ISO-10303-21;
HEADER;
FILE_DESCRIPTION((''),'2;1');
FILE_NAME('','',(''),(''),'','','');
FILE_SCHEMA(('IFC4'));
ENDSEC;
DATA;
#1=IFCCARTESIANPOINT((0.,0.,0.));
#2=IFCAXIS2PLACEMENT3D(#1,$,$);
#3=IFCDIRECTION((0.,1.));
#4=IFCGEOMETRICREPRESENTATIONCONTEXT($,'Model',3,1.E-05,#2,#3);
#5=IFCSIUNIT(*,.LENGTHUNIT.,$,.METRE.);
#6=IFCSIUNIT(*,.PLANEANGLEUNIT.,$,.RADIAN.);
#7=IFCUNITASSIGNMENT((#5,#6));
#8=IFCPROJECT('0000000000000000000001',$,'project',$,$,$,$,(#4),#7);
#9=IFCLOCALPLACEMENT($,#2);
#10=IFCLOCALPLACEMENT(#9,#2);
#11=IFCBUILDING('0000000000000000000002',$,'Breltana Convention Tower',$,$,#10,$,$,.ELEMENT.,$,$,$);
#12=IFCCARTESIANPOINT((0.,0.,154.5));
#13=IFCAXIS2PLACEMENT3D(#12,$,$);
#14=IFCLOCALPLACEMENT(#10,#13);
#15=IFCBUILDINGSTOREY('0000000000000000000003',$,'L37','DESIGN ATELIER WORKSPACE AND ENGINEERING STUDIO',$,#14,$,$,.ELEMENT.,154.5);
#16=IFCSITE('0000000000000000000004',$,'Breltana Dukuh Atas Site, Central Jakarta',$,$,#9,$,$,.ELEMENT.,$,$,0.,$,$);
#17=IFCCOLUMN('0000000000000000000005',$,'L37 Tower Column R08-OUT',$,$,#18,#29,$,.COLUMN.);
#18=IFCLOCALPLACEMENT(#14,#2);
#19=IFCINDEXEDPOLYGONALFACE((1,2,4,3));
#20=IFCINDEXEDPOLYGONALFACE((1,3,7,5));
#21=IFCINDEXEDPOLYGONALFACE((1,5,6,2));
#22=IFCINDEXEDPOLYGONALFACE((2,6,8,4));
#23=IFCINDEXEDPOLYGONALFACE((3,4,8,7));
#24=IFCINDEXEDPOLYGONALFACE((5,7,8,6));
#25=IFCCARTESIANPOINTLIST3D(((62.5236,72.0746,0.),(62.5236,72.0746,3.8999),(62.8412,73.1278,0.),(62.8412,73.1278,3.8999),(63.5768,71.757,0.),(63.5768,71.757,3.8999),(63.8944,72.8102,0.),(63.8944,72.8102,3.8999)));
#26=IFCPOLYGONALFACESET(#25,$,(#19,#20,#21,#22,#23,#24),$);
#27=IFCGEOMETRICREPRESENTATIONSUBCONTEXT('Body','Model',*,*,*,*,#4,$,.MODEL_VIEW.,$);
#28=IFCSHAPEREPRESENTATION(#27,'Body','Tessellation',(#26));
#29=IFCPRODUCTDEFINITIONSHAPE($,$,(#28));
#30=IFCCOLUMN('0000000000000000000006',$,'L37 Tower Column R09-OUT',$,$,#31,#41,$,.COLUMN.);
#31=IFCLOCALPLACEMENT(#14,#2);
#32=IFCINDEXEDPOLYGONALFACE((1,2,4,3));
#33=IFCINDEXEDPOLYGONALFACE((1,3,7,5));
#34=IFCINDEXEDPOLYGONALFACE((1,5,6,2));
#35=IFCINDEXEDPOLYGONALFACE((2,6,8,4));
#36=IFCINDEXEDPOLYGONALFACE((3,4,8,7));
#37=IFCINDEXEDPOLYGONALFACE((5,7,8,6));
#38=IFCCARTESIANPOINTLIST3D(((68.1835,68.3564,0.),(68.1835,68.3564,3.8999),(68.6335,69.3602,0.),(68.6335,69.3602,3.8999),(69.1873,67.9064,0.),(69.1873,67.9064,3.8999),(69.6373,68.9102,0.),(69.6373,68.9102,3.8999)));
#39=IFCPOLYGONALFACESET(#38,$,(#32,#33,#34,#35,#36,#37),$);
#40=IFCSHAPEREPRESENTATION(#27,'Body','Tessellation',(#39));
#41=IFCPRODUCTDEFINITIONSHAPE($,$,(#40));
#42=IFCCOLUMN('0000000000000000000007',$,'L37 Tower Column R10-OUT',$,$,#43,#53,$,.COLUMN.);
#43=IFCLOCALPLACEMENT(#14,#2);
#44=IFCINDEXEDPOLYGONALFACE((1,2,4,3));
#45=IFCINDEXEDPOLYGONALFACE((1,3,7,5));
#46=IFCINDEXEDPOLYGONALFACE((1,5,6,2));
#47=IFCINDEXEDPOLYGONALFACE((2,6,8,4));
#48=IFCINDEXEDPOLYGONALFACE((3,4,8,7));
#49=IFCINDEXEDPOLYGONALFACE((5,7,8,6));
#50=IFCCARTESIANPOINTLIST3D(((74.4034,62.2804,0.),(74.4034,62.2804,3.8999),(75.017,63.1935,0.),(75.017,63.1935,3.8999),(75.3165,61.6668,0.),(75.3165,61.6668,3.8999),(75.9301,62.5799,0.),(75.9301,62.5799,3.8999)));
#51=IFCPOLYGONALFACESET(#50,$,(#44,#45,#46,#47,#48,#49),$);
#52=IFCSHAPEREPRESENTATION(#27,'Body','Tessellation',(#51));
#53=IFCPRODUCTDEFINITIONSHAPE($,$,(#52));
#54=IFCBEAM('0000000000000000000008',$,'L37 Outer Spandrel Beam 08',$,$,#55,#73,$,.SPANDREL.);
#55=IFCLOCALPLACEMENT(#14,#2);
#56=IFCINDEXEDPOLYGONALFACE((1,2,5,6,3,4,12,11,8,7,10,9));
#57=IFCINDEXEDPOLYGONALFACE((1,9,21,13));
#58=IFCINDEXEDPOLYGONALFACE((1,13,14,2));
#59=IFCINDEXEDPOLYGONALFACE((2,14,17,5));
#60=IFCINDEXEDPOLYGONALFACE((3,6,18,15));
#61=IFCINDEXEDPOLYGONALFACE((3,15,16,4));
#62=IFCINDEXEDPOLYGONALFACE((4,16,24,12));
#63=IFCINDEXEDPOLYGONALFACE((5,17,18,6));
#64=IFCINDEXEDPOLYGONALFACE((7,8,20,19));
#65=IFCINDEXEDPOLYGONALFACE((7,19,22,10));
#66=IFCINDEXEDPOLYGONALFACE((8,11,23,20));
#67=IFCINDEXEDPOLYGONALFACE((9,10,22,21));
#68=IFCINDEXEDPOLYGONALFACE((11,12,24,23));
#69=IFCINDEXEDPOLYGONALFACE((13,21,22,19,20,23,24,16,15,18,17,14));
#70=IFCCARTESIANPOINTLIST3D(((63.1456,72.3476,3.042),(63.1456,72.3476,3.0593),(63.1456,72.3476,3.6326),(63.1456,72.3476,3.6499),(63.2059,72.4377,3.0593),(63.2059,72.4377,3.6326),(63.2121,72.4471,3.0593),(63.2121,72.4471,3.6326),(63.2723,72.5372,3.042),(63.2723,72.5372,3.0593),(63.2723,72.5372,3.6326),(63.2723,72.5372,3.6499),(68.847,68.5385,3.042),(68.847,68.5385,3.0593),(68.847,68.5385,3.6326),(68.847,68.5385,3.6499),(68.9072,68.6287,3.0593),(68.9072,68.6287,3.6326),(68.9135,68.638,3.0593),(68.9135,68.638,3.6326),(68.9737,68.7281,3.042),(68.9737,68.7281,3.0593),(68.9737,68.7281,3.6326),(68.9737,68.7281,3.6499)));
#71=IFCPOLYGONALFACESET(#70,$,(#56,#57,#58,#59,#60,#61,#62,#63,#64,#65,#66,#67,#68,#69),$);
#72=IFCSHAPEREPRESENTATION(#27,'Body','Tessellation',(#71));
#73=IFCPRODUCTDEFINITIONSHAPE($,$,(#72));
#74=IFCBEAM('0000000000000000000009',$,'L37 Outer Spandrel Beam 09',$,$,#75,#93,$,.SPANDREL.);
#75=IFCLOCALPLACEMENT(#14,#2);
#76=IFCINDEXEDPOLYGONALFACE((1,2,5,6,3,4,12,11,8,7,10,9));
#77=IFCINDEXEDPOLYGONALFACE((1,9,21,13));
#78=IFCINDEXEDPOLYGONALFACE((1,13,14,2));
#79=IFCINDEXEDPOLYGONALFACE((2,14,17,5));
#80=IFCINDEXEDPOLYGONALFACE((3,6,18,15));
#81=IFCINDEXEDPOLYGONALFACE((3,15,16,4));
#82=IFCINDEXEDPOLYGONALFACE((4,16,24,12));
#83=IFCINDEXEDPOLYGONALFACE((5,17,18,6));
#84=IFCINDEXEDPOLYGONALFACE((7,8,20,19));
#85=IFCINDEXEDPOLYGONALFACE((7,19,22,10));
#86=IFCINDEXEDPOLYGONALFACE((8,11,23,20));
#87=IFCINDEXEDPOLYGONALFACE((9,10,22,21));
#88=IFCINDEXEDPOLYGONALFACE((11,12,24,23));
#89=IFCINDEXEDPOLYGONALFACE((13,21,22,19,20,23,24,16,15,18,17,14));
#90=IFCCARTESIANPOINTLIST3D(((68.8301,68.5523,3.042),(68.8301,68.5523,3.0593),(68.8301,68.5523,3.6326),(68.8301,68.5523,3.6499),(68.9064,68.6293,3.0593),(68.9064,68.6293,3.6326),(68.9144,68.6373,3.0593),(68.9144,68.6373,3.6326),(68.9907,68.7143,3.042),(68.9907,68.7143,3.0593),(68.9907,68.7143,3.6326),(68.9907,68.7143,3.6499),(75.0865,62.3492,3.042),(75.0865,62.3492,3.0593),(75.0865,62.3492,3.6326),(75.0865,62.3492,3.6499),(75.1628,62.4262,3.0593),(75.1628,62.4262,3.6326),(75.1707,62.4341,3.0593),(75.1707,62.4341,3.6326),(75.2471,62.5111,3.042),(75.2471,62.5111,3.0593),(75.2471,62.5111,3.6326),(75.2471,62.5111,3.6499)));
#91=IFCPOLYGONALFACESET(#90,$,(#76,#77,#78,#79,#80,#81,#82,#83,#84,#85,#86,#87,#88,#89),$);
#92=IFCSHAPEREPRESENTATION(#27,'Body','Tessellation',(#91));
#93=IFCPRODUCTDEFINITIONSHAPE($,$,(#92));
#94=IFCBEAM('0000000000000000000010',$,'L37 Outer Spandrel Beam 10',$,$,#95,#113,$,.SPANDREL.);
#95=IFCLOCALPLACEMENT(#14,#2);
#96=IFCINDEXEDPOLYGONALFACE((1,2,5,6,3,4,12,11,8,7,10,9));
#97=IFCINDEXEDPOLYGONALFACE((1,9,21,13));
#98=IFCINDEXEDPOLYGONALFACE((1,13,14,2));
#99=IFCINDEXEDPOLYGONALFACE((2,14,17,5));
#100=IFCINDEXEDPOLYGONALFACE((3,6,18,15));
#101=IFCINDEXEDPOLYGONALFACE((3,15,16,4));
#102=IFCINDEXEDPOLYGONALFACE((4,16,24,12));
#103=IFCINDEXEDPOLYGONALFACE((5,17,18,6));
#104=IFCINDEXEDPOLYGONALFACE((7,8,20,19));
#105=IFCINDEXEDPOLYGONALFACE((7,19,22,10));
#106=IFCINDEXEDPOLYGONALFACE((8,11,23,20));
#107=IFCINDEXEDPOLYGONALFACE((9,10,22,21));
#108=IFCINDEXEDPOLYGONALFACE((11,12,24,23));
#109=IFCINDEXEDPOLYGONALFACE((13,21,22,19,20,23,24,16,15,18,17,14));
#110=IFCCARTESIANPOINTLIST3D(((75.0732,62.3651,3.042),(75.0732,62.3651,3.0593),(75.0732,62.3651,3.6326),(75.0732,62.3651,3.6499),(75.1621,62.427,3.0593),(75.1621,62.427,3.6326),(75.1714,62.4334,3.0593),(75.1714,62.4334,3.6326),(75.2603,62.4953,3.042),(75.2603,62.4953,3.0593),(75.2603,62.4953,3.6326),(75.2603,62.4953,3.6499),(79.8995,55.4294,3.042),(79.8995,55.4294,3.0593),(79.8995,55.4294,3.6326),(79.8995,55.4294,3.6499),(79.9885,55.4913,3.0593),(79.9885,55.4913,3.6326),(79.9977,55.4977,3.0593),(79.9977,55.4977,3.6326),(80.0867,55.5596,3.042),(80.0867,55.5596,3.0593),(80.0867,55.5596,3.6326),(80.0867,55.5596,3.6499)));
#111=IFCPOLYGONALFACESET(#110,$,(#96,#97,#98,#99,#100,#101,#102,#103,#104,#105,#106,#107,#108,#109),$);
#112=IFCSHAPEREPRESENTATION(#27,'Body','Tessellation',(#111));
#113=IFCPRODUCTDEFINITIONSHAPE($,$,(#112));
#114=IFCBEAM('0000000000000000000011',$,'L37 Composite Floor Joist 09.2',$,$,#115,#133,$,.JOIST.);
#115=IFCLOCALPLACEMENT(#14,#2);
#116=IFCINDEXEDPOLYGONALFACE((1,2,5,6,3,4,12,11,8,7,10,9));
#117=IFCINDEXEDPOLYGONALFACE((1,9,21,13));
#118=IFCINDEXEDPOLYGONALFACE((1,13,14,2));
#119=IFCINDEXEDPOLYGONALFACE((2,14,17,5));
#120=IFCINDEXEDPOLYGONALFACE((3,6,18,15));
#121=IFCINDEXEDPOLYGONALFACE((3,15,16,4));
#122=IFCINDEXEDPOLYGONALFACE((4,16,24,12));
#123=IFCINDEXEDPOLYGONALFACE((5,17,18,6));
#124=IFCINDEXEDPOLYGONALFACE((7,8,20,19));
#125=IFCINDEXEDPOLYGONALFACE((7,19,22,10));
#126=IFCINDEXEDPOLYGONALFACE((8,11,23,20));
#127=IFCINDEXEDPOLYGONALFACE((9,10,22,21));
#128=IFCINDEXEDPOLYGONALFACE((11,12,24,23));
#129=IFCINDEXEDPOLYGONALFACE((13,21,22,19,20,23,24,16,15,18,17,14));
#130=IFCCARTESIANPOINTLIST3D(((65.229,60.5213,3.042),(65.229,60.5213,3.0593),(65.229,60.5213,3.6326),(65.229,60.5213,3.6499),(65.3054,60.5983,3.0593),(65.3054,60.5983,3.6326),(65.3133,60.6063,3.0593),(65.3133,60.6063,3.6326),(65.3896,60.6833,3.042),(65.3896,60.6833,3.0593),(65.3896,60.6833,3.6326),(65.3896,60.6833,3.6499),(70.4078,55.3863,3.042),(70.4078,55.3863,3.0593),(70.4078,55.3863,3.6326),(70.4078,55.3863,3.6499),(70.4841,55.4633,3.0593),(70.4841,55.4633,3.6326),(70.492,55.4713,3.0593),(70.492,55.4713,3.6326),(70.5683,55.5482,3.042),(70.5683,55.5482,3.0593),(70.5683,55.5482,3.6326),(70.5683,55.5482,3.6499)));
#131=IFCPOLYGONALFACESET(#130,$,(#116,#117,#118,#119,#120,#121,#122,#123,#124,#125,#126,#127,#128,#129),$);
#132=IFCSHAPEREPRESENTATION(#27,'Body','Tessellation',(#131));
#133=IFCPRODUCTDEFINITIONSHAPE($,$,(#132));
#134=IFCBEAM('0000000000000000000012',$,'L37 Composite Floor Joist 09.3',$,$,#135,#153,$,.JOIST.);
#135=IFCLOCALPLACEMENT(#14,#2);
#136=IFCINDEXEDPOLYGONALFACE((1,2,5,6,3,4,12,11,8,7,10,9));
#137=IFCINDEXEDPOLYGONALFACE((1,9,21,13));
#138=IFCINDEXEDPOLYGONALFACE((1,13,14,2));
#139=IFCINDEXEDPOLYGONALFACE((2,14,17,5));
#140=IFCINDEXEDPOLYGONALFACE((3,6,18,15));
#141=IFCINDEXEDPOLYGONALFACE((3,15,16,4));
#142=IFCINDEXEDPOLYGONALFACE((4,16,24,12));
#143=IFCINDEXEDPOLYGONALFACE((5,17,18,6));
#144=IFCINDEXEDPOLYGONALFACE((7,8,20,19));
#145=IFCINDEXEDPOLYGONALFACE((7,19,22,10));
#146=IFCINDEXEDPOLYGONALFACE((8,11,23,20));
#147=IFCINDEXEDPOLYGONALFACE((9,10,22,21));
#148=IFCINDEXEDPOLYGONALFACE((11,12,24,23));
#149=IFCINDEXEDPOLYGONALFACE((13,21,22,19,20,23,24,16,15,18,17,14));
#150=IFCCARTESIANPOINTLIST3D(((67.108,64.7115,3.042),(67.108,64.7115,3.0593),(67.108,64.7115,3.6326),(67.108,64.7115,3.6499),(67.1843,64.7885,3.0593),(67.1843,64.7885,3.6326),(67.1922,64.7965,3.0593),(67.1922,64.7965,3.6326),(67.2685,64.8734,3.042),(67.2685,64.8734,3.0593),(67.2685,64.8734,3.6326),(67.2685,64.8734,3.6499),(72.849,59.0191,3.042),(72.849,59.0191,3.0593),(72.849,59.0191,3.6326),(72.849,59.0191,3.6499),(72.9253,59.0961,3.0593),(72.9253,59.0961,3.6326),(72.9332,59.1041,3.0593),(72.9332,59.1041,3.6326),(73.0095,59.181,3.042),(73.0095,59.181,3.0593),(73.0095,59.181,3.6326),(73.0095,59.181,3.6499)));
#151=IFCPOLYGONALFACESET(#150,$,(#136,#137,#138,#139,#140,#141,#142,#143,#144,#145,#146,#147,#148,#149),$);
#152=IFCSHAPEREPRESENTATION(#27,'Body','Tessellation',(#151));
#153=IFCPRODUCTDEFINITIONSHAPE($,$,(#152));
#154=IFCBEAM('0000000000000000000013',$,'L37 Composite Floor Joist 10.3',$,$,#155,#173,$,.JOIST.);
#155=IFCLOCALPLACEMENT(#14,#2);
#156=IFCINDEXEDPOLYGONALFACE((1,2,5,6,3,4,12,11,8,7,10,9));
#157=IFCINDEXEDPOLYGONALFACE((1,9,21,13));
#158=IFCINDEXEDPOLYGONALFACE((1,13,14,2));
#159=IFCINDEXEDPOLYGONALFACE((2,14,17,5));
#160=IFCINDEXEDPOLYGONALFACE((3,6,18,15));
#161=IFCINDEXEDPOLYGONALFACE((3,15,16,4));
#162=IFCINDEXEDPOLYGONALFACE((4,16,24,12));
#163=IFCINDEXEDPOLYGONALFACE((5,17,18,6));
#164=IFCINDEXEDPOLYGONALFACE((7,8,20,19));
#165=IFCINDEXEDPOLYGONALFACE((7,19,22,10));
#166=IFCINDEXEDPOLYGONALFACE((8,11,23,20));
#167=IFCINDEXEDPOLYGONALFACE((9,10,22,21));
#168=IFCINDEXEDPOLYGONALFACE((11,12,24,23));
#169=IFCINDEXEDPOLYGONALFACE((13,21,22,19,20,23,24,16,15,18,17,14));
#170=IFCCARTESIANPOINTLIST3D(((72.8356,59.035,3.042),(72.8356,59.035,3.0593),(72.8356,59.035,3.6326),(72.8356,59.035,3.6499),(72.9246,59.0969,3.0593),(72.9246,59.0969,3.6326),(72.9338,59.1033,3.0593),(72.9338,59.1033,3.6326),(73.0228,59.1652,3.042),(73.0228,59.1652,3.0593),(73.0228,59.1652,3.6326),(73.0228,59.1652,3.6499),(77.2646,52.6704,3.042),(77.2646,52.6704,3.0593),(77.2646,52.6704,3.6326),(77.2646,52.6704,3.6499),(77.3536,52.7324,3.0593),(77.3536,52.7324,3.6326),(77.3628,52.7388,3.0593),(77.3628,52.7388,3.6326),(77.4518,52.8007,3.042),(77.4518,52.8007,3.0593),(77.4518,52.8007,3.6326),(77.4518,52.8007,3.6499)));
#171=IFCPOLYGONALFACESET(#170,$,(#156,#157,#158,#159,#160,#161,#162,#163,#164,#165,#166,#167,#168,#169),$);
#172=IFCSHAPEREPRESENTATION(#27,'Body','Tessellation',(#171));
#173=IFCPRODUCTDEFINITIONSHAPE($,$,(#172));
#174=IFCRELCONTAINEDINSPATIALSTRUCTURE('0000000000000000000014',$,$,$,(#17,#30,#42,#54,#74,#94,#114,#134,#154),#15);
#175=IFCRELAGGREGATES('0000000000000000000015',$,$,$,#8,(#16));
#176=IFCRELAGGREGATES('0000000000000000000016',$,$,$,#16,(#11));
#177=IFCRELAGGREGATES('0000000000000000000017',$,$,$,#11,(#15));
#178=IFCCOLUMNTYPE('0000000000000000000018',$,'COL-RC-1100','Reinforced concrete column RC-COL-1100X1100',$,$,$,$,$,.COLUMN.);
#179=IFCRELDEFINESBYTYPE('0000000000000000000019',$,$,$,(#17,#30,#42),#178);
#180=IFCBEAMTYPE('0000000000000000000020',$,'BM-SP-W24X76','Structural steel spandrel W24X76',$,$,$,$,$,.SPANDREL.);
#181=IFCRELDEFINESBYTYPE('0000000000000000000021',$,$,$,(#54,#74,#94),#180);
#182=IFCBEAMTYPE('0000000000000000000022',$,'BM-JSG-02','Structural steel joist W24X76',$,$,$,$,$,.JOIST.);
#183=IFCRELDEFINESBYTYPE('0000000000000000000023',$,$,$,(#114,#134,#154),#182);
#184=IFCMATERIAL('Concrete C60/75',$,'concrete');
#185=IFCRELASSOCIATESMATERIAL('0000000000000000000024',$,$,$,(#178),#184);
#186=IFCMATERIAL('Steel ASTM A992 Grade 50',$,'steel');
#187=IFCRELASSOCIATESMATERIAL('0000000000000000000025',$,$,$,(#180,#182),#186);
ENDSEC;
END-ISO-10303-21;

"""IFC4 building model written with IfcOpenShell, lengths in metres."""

from ifc_helpers import new_model, si_unit, direction, frame, origin, origin_2d, place, context, subcontext, project, spatial, rectangle, i_section, extrude, source, transform, mapped, material, material_profile, profile_set, type_object, element, save


model = new_model("IFC4")

# Units and contexts
model_context = context("Model", 3, precision=1e-05, world=origin(), true_north=direction((0.0, 1.0)))
body_context = subcontext(model_context, "Body", "Model", "MODEL_VIEW")
ifc_project = project(units=[si_unit("LENGTHUNIT", "METRE"), si_unit("PLANEANGLEUNIT", "RADIAN")], contexts=[model_context])

# Site, building, storey
site_placement = place(None, origin())
site = spatial("IfcSite", under=ifc_project, at=site_placement, Name="Breltana Dukuh Atas Site, Central Jakarta", CompositionType="ELEMENT", RefElevation=0.0)
building_placement = place(site_placement, origin())
building = spatial("IfcBuilding", under=site, at=building_placement, Name="Breltana Convention Tower", CompositionType="ELEMENT")
storey_placement = place(building_placement, frame((0.0, 0.0, 154.5)))
storey = spatial("IfcBuildingStorey", under=building, at=storey_placement, Name="L37", Description="DESIGN ATELIER WORKSPACE AND ENGINEERING STUDIO", CompositionType="ELEMENT", Elevation=154.5)

# Columns
ifc_material_1 = material(Name="Concrete C60/75", Category="concrete")
ifc_material_profile_1 = material_profile(ifc_material_1, rectangle(XDim=1.1001, YDim=1.1001, at=origin_2d()), Name="RC-COL-1100X1100")
ifc_profile_set_1 = profile_set([ifc_material_profile_1], Name="Concrete C60/75")
column_type = type_object("IfcColumnType", Name="COL-RC-1100", Description="Reinforced concrete column RC-COL-1100X1100", PredefinedType="COLUMN", material=ifc_profile_set_1)
shared_shape_1 = source(origin(), body_context, "Body", "SweptSolid", [
    extrude(rectangle(XDim=1.1001, YDim=1.1001, at=origin_2d()), origin(), (0.0, 0.0, 1.0), 3.8999),
])
for number, where, z_axis, x_axis, name in (
    (1, (63.209, 72.4424, 0.0), (0.0, 0.0, 1.0), (0.288698, 0.95742, 0.0), "L37 Tower Column R08-OUT"),
    (2, (68.9104, 68.6333, 0.0), (0.0, 0.0, 1.0), (0.409127, 0.912477, 0.0), "L37 Tower Column R09-OUT"),
    (3, (75.1667, 62.4302, 0.0), (0.0, 0.0, 1.0), (0.557745, 0.830012, 0.0), "L37 Tower Column R10-OUT"),
):
    element("IfcColumn", number, at=place(storey_placement, frame(where, z_axis=z_axis, x_axis=x_axis)), inside=storey, type_object=column_type, Name=name, PredefinedType="COLUMN", context=body_context, shape_type="MappedRepresentation", body=[
        mapped(shared_shape_1, transform((0.0, 0.0, 0.0), scale=1.0)),
    ])

# Beams
ifc_material_2 = material(Name="Steel ASTM A992 Grade 50", Category="steel")
ifc_material_profile_2 = material_profile(ifc_material_2, i_section(OverallWidth=0.228, OverallDepth=0.6079, WebThickness=0.0112, FlangeThickness=0.0173, at=origin_2d()), Name="W24X76")
ifc_profile_set_2 = profile_set([ifc_material_profile_2], Name="Steel ASTM A992 Grade 50")
beam_type_1 = type_object("IfcBeamType", Name="BM-SP-W24X76", Description="Structural steel spandrel W24X76", PredefinedType="SPANDREL", material=ifc_profile_set_2)
shared_shape_2 = source(origin(), body_context, "Body", "SweptSolid", [
    extrude(i_section(OverallWidth=0.228, OverallDepth=0.6079, WebThickness=0.0112, FlangeThickness=0.0173, at=origin_2d()), origin(), (0.0, 0.0, 1.0), 6.8567),
])
beam_1_placement = place(storey_placement, frame((63.209, 72.4424, 3.3459), z_axis=(0.831502, -0.555522, 0.0), x_axis=(0.555522, 0.831502, 0.0)))
element("IfcBeam", 4, at=beam_1_placement, inside=storey, type_object=beam_type_1, Name="L37 Outer Spandrel Beam 08", PredefinedType="SPANDREL", context=body_context, shape_type="MappedRepresentation", body=[
    mapped(shared_shape_2, transform((0.0, 0.0, 0.0), scale=1.0)),
])
shared_shape_3 = source(origin(), body_context, "Body", "SweptSolid", [
    extrude(i_section(OverallWidth=0.228, OverallDepth=0.6079, WebThickness=0.0112, FlangeThickness=0.0173, at=origin_2d()), origin(), (0.0, 0.0, 1.0), 8.8103),
])
beam_2_placement = place(storey_placement, frame((68.9104, 68.6333, 3.3459), z_axis=(0.710121, -0.70408, 0.0), x_axis=(0.70408, 0.710121, 0.0)))
element("IfcBeam", 5, at=beam_2_placement, inside=storey, type_object=beam_type_1, Name="L37 Outer Spandrel Beam 09", PredefinedType="SPANDREL", context=body_context, shape_type="MappedRepresentation", body=[
    mapped(shared_shape_3, transform((0.0, 0.0, 0.0), scale=1.0)),
])
shared_shape_4 = source(origin(), body_context, "Body", "SweptSolid", [
    extrude(i_section(OverallWidth=0.228, OverallDepth=0.6079, WebThickness=0.0112, FlangeThickness=0.0173, at=origin_2d()), origin(), (0.0, 0.0, 1.0), 8.4497),
])
beam_3_placement = place(storey_placement, frame((75.1667, 62.4302, 3.3459), z_axis=(0.571186, -0.820821, 0.0), x_axis=(0.820821, 0.571186, 0.0)))
element("IfcBeam", 6, at=beam_3_placement, inside=storey, type_object=beam_type_1, Name="L37 Outer Spandrel Beam 10", PredefinedType="SPANDREL", context=body_context, shape_type="MappedRepresentation", body=[
    mapped(shared_shape_4, transform((0.0, 0.0, 0.0), scale=1.0)),
])
ifc_material_profile_3 = material_profile(ifc_material_2, i_section(OverallWidth=0.228, OverallDepth=0.6079, WebThickness=0.0112, FlangeThickness=0.0173, at=origin_2d()), Name="W24X76")
ifc_profile_set_3 = profile_set([ifc_material_profile_3], Name="Steel ASTM A992 Grade 50")
beam_type_2 = type_object("IfcBeamType", Name="BM-JSG-02", Description="Structural steel joist W24X76", PredefinedType="JOIST", material=ifc_profile_set_3)
shared_shape_5 = source(origin(), body_context, "Body", "SweptSolid", [
    extrude(i_section(OverallWidth=0.228, OverallDepth=0.6079, WebThickness=0.0112, FlangeThickness=0.0173, at=origin_2d()), origin(), (0.0, 0.0, 1.0), 7.293),
])
beam_4_placement = place(storey_placement, frame((65.3093, 60.6023, 3.3459), z_axis=(0.710097, -0.704104, 0.0), x_axis=(0.704104, 0.710097, 0.0)))
element("IfcBeam", 7, at=beam_4_placement, inside=storey, type_object=beam_type_2, Name="L37 Composite Floor Joist 09.2", PredefinedType="JOIST", context=body_context, shape_type="MappedRepresentation", body=[
    mapped(shared_shape_5, transform((0.0, 0.0, 0.0), scale=1.0)),
])
shared_shape_6 = source(origin(), body_context, "Body", "SweptSolid", [
    extrude(i_section(OverallWidth=0.228, OverallDepth=0.6079, WebThickness=0.0112, FlangeThickness=0.0173, at=origin_2d()), origin(), (0.0, 0.0, 1.0), 8.0847),
])
beam_5_placement = place(storey_placement, frame((67.1882, 64.7925, 3.3459), z_axis=(0.710105, -0.704096, 0.0), x_axis=(0.704096, 0.710105, 0.0)))
element("IfcBeam", 8, at=beam_5_placement, inside=storey, type_object=beam_type_2, Name="L37 Composite Floor Joist 09.3", PredefinedType="JOIST", context=body_context, shape_type="MappedRepresentation", body=[
    mapped(shared_shape_6, transform((0.0, 0.0, 0.0), scale=1.0)),
])
shared_shape_7 = source(origin(), body_context, "Body", "SweptSolid", [
    extrude(i_section(OverallWidth=0.228, OverallDepth=0.6079, WebThickness=0.0112, FlangeThickness=0.0173, at=origin_2d()), origin(), (0.0, 0.0, 1.0), 7.7539),
])
beam_6_placement = place(storey_placement, frame((72.9292, 59.1001, 3.3459), z_axis=(0.571193, -0.820816, 0.0), x_axis=(0.820816, 0.571193, 0.0)))
element("IfcBeam", 9, at=beam_6_placement, inside=storey, type_object=beam_type_2, Name="L37 Composite Floor Joist 10.3", PredefinedType="JOIST", context=body_context, shape_type="MappedRepresentation", body=[
    mapped(shared_shape_7, transform((0.0, 0.0, 0.0), scale=1.0)),
])

save(model, "model.ifc")
